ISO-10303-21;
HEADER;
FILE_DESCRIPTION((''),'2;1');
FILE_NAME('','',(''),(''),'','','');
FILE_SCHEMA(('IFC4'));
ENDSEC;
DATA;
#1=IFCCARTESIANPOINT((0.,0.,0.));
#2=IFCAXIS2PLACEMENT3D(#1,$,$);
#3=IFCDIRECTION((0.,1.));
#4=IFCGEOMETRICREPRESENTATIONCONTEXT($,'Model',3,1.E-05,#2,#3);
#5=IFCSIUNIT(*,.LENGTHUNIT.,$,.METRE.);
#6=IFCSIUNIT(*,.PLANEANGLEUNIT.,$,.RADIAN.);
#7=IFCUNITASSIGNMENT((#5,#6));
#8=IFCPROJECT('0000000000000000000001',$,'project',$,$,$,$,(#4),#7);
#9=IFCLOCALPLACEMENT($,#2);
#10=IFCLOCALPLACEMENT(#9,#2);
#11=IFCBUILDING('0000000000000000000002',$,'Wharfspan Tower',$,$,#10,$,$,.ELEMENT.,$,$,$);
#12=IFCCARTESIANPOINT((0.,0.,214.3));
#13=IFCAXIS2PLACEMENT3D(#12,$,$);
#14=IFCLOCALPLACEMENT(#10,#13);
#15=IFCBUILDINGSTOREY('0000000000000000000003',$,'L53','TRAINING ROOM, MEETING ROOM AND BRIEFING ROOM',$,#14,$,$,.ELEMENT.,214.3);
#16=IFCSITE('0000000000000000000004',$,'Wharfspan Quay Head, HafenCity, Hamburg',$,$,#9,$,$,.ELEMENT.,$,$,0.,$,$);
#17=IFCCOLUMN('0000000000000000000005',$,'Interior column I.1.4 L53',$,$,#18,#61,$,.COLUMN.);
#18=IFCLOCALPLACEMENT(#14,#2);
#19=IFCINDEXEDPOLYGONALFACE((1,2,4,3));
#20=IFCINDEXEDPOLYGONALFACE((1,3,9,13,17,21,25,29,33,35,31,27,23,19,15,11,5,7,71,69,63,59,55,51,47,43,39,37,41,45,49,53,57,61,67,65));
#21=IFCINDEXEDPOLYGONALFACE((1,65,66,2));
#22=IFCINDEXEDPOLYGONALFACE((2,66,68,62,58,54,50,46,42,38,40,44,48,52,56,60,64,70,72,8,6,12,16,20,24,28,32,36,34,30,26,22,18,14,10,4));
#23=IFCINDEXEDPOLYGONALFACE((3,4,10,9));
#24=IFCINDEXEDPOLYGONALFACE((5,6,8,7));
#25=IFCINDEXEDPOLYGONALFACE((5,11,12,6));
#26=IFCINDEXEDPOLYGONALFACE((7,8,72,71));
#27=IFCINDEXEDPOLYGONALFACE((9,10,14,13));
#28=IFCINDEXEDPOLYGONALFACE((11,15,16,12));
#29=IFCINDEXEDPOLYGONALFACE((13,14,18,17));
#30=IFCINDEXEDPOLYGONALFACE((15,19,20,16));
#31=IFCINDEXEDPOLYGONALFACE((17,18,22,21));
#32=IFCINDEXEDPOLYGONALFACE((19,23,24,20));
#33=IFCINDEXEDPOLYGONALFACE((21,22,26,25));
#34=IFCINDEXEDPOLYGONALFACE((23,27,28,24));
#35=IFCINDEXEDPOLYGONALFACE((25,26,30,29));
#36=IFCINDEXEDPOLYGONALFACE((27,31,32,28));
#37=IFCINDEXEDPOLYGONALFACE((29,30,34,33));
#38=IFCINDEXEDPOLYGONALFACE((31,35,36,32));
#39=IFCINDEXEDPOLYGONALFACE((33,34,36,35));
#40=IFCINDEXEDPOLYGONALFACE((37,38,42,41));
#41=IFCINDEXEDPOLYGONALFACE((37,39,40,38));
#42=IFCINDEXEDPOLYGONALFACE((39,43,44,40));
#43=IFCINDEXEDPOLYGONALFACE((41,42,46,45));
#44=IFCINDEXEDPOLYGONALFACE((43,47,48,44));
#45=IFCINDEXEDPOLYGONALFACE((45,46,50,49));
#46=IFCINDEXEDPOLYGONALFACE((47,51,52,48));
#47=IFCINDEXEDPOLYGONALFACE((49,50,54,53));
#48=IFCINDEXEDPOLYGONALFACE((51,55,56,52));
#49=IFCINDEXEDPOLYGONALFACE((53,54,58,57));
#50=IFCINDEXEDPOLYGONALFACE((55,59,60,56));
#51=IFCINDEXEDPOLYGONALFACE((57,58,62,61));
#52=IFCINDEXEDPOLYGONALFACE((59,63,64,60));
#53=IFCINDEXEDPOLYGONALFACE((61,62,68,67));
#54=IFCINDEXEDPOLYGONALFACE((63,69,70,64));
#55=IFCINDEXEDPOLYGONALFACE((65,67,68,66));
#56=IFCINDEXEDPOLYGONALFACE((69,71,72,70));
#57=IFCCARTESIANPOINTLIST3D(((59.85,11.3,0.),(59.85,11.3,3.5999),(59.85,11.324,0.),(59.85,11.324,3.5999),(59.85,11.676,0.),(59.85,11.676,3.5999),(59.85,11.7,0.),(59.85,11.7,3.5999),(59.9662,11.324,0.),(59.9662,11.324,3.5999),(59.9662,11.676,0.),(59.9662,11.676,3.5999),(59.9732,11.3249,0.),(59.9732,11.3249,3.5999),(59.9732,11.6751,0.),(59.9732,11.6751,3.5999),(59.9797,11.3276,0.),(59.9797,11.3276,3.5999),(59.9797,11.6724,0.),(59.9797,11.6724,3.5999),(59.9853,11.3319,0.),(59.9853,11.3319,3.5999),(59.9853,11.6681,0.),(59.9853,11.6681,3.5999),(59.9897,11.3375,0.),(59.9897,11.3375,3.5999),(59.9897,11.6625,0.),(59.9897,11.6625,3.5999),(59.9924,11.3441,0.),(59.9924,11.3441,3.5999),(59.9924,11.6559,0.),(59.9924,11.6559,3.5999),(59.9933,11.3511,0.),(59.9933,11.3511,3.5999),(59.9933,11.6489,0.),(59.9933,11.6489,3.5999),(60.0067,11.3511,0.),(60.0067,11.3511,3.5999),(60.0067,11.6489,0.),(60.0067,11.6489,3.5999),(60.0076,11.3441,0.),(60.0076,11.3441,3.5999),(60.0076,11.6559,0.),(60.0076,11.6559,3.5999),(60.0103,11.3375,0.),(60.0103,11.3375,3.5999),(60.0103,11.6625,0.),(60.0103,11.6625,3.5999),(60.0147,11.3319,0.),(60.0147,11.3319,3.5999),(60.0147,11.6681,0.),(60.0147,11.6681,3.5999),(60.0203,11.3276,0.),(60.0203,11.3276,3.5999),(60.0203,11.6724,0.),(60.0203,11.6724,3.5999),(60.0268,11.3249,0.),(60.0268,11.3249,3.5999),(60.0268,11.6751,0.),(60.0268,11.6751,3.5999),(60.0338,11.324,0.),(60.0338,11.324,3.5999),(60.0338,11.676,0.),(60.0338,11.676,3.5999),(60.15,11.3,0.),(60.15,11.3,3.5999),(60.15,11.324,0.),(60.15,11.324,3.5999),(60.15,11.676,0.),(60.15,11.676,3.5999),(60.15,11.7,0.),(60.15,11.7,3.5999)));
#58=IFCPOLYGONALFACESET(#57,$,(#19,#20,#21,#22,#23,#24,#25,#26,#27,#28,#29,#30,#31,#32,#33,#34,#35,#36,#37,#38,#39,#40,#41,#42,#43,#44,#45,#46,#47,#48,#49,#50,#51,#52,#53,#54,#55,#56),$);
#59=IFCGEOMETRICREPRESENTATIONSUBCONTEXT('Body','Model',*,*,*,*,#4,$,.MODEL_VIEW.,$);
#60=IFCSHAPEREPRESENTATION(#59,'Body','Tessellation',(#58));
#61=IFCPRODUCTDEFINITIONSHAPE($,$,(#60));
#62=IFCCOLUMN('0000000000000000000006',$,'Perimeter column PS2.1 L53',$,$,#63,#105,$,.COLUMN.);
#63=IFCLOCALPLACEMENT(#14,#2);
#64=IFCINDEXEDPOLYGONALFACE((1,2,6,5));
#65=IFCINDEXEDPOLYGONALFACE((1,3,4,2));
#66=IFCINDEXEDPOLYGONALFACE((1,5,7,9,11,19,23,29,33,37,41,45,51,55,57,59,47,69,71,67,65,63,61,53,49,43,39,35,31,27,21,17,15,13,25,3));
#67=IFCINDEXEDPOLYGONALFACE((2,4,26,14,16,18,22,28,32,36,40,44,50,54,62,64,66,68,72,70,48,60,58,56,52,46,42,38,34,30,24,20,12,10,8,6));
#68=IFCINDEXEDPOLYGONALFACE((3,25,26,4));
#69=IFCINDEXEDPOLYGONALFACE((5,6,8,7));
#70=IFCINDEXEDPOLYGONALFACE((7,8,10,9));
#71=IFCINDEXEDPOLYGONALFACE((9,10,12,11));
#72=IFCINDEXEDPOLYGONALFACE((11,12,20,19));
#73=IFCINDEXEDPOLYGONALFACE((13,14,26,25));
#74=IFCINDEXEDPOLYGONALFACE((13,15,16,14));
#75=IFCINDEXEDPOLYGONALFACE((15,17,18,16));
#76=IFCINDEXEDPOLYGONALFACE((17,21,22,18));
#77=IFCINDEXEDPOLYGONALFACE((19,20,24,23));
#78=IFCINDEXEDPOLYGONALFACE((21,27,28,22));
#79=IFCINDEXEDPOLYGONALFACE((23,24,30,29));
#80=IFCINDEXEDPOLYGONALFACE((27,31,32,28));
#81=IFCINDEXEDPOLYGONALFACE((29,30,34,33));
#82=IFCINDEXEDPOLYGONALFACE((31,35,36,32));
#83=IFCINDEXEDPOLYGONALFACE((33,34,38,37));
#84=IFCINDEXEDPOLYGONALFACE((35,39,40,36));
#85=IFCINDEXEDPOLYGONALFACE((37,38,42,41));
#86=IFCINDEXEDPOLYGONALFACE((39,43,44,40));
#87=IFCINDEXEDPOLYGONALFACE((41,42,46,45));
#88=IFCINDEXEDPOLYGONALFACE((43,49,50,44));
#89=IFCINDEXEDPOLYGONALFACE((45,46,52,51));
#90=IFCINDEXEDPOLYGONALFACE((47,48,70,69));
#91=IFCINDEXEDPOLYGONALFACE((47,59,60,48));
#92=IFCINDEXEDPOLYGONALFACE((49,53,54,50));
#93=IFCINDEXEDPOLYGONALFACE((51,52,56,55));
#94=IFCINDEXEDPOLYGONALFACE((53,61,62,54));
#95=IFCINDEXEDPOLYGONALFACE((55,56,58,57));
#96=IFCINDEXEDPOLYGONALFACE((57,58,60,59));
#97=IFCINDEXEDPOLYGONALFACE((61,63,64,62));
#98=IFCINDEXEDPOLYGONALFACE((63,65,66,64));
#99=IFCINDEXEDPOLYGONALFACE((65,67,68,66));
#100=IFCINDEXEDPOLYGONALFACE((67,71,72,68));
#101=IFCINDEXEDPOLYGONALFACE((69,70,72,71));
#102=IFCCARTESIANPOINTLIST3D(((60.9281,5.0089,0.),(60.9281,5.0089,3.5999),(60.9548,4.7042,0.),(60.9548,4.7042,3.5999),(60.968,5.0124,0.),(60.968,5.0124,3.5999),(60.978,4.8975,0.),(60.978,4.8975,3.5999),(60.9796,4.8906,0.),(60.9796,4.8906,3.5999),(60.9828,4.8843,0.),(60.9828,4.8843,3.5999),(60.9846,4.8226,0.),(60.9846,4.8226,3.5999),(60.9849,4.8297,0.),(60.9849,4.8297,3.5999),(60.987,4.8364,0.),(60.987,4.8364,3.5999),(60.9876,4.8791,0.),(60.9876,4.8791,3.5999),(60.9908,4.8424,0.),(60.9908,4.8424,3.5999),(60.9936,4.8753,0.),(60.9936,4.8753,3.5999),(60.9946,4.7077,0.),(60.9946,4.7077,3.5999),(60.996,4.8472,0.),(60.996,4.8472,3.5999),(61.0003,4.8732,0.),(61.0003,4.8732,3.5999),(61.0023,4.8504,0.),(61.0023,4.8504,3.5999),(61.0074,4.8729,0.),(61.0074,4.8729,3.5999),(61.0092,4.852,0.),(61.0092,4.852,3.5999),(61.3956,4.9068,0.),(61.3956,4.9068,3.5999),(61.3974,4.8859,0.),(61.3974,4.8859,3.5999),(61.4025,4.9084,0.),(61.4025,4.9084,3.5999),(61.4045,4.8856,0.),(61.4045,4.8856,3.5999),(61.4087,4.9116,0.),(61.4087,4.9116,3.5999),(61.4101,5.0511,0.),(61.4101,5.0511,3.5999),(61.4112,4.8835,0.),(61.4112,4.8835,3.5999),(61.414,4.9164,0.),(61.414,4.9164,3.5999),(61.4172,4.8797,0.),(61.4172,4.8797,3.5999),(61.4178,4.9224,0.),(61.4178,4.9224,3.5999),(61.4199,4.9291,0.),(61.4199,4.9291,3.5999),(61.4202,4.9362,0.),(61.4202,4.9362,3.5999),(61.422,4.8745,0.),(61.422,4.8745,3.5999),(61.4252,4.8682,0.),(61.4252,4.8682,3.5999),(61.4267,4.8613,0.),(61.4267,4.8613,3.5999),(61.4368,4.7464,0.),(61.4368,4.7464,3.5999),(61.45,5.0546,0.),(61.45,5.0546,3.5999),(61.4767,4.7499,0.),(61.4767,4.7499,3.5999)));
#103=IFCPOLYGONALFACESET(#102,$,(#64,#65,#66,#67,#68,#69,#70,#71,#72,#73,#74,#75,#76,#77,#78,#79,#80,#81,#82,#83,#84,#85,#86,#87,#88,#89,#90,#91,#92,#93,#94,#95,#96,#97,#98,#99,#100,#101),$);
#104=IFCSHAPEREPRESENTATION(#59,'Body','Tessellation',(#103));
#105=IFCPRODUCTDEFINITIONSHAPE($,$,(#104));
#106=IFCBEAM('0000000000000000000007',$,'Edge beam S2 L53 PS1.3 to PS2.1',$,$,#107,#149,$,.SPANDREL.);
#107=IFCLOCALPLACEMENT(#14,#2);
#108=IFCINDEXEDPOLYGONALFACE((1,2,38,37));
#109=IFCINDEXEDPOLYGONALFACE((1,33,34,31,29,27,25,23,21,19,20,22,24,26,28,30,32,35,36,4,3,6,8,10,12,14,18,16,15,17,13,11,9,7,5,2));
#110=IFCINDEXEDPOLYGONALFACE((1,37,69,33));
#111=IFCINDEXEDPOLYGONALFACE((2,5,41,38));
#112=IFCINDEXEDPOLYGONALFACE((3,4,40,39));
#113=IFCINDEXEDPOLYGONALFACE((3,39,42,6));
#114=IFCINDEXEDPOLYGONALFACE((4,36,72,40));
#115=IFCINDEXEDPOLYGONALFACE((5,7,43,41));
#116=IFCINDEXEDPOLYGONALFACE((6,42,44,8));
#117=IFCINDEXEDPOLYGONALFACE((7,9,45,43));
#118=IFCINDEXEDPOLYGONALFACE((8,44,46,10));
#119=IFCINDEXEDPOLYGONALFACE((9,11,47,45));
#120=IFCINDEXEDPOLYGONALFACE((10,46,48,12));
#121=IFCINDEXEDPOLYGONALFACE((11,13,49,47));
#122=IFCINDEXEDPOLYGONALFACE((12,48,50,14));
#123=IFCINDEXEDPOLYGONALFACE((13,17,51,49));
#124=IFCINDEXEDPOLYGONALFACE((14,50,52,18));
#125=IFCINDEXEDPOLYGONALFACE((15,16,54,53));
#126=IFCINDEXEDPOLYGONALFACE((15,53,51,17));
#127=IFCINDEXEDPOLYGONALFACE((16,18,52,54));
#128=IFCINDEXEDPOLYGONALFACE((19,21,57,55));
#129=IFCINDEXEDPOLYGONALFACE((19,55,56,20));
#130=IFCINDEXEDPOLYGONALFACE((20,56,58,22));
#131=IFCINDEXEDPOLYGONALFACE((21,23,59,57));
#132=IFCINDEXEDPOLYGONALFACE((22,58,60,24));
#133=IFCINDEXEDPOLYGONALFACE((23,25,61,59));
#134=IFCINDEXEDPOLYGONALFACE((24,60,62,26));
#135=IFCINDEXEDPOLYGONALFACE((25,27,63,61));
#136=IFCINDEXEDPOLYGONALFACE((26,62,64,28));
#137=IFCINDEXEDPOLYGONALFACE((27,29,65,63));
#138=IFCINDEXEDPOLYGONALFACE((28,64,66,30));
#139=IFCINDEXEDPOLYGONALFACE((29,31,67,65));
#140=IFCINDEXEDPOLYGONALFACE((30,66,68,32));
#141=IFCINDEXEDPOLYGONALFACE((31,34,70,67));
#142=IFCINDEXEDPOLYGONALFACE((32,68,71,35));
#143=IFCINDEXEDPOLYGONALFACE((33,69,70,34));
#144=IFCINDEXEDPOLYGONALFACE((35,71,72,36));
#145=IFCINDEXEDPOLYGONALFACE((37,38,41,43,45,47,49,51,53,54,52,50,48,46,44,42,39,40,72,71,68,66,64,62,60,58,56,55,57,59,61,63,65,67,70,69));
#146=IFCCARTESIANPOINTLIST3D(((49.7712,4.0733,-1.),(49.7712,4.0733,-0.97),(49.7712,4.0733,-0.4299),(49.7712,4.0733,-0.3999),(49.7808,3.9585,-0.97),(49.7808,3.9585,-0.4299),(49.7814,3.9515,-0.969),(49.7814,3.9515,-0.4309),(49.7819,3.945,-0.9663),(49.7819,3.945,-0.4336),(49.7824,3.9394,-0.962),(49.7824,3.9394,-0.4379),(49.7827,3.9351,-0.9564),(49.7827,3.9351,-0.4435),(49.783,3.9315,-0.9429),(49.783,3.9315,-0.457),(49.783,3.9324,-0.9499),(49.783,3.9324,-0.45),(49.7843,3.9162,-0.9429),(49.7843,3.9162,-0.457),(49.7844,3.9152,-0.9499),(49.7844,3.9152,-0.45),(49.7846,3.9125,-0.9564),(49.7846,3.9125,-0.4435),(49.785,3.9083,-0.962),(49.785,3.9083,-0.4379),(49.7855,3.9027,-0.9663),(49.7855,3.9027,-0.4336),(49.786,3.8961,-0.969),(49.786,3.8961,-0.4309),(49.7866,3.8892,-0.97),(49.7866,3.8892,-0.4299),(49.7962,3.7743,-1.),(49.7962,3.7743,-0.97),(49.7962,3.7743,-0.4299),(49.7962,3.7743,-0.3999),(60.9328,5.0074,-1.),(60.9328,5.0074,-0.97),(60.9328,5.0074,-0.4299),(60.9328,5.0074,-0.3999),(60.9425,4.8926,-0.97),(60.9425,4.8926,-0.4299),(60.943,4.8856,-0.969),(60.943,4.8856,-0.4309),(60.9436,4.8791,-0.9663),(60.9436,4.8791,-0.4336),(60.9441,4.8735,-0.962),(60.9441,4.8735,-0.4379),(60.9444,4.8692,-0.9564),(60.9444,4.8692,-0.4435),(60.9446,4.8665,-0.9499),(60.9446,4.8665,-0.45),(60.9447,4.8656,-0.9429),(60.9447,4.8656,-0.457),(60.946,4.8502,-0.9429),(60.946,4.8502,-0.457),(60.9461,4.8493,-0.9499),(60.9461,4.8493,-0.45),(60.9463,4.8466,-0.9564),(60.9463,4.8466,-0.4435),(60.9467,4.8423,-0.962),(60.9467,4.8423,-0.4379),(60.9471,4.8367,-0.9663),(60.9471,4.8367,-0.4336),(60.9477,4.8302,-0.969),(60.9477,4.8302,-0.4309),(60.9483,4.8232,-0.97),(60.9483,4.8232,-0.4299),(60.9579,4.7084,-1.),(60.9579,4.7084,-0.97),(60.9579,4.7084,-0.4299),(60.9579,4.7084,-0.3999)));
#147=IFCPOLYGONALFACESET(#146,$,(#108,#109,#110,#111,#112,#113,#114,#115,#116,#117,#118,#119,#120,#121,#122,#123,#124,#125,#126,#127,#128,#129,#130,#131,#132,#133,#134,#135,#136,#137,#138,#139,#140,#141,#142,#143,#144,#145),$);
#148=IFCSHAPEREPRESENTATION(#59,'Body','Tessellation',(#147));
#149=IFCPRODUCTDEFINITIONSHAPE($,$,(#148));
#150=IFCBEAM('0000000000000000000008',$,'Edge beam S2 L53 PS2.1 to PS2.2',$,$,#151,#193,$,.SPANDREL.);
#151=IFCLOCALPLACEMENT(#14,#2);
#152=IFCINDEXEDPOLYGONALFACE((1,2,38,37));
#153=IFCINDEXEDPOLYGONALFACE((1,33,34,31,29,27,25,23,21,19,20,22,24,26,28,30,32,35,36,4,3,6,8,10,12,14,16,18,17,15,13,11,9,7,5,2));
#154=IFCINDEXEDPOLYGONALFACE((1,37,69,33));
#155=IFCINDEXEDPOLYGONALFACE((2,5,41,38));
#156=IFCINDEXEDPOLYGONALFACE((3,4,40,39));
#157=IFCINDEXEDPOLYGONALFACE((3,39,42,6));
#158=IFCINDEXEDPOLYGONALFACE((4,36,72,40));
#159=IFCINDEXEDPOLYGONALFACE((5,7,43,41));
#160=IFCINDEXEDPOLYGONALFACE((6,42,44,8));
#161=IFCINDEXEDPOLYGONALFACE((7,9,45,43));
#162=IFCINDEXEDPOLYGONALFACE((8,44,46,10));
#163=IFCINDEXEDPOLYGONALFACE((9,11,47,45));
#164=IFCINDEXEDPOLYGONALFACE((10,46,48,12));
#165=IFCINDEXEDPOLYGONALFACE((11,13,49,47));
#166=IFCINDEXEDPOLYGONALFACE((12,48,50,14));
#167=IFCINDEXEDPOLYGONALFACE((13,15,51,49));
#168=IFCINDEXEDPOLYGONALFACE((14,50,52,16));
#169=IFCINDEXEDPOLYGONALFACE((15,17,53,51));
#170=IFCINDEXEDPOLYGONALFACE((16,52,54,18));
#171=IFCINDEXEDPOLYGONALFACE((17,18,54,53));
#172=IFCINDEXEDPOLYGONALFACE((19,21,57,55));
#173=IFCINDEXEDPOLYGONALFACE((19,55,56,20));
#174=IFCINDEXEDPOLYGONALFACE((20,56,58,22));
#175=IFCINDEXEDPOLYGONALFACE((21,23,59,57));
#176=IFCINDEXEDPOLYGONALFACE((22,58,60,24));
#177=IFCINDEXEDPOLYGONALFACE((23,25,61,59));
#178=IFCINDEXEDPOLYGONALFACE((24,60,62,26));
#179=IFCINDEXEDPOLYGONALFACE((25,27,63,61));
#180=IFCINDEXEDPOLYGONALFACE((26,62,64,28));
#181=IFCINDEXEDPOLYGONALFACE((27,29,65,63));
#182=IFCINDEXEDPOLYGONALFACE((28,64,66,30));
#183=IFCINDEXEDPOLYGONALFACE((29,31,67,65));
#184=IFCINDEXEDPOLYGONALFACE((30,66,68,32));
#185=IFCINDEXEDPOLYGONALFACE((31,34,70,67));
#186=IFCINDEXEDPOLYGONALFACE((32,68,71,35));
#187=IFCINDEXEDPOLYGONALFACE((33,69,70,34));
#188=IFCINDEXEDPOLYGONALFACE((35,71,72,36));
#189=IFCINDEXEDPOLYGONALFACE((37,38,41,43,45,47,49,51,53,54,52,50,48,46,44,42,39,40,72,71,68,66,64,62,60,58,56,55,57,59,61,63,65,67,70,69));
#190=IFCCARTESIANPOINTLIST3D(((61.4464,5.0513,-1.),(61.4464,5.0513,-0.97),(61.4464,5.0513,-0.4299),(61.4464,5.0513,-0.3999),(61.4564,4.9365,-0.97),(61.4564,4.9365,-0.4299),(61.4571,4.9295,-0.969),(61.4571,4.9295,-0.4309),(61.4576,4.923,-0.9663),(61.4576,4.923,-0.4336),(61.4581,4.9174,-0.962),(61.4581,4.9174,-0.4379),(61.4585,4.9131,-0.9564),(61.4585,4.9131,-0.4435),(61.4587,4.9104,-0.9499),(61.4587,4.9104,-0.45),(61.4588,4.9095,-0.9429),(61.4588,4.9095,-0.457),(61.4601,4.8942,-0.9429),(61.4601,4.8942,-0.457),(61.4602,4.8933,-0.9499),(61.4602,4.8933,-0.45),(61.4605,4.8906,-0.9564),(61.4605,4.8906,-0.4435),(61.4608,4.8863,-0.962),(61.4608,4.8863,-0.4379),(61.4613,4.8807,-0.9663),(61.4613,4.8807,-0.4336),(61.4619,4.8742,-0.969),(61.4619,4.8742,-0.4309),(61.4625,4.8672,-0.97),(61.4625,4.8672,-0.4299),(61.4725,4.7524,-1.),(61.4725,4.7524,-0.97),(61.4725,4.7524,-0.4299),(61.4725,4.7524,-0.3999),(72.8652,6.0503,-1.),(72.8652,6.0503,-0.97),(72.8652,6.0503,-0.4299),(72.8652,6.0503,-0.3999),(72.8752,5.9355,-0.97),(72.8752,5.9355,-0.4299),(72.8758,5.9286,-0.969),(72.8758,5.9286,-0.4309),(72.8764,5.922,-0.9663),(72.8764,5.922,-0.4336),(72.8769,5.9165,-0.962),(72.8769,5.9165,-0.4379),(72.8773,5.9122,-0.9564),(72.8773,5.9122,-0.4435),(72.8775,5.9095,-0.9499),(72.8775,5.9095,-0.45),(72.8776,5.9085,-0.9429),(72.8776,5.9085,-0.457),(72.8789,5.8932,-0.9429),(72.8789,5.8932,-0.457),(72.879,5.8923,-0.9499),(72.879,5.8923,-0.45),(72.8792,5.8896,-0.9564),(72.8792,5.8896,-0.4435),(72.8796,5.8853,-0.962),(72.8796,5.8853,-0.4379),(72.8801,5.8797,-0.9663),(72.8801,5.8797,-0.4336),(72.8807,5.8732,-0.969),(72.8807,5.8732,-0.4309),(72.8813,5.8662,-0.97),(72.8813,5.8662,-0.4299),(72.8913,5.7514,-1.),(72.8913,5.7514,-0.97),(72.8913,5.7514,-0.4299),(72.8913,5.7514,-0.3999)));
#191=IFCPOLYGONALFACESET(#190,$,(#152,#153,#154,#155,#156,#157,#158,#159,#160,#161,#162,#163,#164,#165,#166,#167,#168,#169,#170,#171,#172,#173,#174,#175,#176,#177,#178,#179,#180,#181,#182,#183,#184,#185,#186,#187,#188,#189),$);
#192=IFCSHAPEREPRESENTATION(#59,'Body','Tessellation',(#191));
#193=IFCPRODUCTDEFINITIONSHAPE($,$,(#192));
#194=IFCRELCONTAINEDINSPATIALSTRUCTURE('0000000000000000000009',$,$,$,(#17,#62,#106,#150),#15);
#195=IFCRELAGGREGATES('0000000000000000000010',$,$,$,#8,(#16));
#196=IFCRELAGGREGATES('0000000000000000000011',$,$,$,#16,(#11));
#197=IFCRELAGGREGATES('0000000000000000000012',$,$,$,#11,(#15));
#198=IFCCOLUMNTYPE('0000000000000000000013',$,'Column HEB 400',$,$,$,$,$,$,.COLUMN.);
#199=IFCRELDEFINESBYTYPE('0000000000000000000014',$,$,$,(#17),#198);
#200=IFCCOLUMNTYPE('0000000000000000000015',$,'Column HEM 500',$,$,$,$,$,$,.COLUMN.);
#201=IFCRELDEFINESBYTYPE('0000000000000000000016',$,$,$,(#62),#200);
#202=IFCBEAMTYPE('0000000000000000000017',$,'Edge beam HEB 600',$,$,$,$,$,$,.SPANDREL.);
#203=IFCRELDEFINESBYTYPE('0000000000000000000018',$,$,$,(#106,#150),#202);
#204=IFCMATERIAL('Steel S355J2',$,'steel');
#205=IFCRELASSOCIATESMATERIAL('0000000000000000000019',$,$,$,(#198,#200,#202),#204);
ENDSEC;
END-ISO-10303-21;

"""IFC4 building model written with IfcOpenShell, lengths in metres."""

from ifc_helpers import new_model, si_unit, direction, frame, origin, origin_2d, place, context, subcontext, project, spatial, i_section, extrude, material, material_profile, profile_set, type_object, element, save


model = new_model("IFC4")

# Units and contexts
model_context = context("Model", 3, precision=1e-05, world=origin(), true_north=direction((0.0, 1.0)))
body_context = subcontext(model_context, "Body", "Model", "MODEL_VIEW")
ifc_project = project(units=[si_unit("LENGTHUNIT", "METRE"), si_unit("PLANEANGLEUNIT", "RADIAN")], contexts=[model_context])

# Site, building, storey
site_placement = place(None, origin())
site = spatial("IfcSite", under=ifc_project, at=site_placement, Name="Wharfspan Quay Head, HafenCity, Hamburg", CompositionType="ELEMENT", RefElevation=0.0)
building_placement = place(site_placement, origin())
building = spatial("IfcBuilding", under=site, at=building_placement, Name="Wharfspan Tower", CompositionType="ELEMENT")
storey_placement = place(building_placement, frame((0.0, 0.0, 214.3)))
storey = spatial("IfcBuildingStorey", under=building, at=storey_placement, Name="L53", Description="TRAINING ROOM, MEETING ROOM AND BRIEFING ROOM", CompositionType="ELEMENT", Elevation=214.3)

# Columns
ifc_material_1 = material(Name="Steel S355J2", Category="steel")
ifc_material_profile_1 = material_profile(ifc_material_1, i_section(OverallWidth=0.3, OverallDepth=0.3999, WebThickness=0.0134, FlangeThickness=0.0239, FilletRadius=0.0271, at=origin_2d()))
ifc_profile_set_1 = profile_set([ifc_material_profile_1], Name="Steel S355J2")
column_type_1 = type_object("IfcColumnType", Name="Column HEB 400", PredefinedType="COLUMN", material=ifc_profile_set_1)
column_1_placement = place(storey_placement, frame((60.0, 11.5, 0.0), z_axis=(0.0, 0.0, 1.0), x_axis=(1.0, 0.0, 0.0)))
element("IfcColumn", 1, at=column_1_placement, inside=storey, type_object=column_type_1, Name="Interior column I.1.4 L53", PredefinedType="COLUMN", context=body_context, shape_type="SweptSolid", body=[
    extrude(i_section(OverallWidth=0.3, OverallDepth=0.3999, WebThickness=0.0134, FlangeThickness=0.0239, FilletRadius=0.0271, at=origin_2d()), origin(), (0.0, 0.0, 1.0), 3.5999),
])
ifc_material_profile_2 = material_profile(ifc_material_1, i_section(OverallWidth=0.3059, OverallDepth=0.5239, WebThickness=0.021, FlangeThickness=0.04, FilletRadius=0.0271, at=origin_2d()))
ifc_profile_set_2 = profile_set([ifc_material_profile_2], Name="Steel S355J2")
column_type_2 = type_object("IfcColumnType", Name="Column HEM 500", PredefinedType="COLUMN", material=ifc_profile_set_2)
column_2_placement = place(storey_placement, frame((61.2024, 4.8794, 0.0), z_axis=(0.0, 0.0, 1.0), x_axis=(0.087156, -0.996197, 0.0)))
element("IfcColumn", 2, at=column_2_placement, inside=storey, type_object=column_type_2, Name="Perimeter column PS2.1 L53", PredefinedType="COLUMN", context=body_context, shape_type="SweptSolid", body=[
    extrude(i_section(OverallWidth=0.3059, OverallDepth=0.5239, WebThickness=0.021, FlangeThickness=0.04, FilletRadius=0.0271, at=origin_2d()), origin(), (0.0, 0.0, 1.0), 3.5999),
])

# Beams
ifc_material_profile_3 = material_profile(ifc_material_1, i_section(OverallWidth=0.3, OverallDepth=0.6001, WebThickness=0.0154, FlangeThickness=0.03, FilletRadius=0.0271, at=origin_2d()))
ifc_profile_set_3 = profile_set([ifc_material_profile_3], Name="Steel S355J2")
beam_type = type_object("IfcBeamType", Name="Edge beam HEB 600", PredefinedType="SPANDREL", material=ifc_profile_set_3)
beam_1_placement = place(storey_placement, frame((49.7837, 3.9238, -0.7), z_axis=(0.996517, 0.083395, 0.0), x_axis=(-0.083395, 0.996517, 0.0)))
element("IfcBeam", 3, at=beam_1_placement, inside=storey, type_object=beam_type, Name="Edge beam S2 L53 PS1.3 to PS2.1", PredefinedType="SPANDREL", context=body_context, shape_type="SweptSolid", body=[
    extrude(i_section(OverallWidth=0.3, OverallDepth=0.6001, WebThickness=0.0154, FlangeThickness=0.03, FilletRadius=0.0271, at=origin_2d()), origin(), (0.0, 0.0, 1.0), 11.2007),
])
beam_2_placement = place(storey_placement, frame((61.4595, 4.9019, -0.7), z_axis=(0.996195, 0.087157, 0.0), x_axis=(-0.087157, 0.996195, 0.0)))
element("IfcBeam", 4, at=beam_2_placement, inside=storey, type_object=beam_type, Name="Edge beam S2 L53 PS2.1 to PS2.2", PredefinedType="SPANDREL", context=body_context, shape_type="SweptSolid", body=[
    extrude(i_section(OverallWidth=0.3, OverallDepth=0.6001, WebThickness=0.0154, FlangeThickness=0.03, FilletRadius=0.0271, at=origin_2d()), origin(), (0.0, 0.0, 1.0), 11.4624),
])

save(model, "model.ifc")
